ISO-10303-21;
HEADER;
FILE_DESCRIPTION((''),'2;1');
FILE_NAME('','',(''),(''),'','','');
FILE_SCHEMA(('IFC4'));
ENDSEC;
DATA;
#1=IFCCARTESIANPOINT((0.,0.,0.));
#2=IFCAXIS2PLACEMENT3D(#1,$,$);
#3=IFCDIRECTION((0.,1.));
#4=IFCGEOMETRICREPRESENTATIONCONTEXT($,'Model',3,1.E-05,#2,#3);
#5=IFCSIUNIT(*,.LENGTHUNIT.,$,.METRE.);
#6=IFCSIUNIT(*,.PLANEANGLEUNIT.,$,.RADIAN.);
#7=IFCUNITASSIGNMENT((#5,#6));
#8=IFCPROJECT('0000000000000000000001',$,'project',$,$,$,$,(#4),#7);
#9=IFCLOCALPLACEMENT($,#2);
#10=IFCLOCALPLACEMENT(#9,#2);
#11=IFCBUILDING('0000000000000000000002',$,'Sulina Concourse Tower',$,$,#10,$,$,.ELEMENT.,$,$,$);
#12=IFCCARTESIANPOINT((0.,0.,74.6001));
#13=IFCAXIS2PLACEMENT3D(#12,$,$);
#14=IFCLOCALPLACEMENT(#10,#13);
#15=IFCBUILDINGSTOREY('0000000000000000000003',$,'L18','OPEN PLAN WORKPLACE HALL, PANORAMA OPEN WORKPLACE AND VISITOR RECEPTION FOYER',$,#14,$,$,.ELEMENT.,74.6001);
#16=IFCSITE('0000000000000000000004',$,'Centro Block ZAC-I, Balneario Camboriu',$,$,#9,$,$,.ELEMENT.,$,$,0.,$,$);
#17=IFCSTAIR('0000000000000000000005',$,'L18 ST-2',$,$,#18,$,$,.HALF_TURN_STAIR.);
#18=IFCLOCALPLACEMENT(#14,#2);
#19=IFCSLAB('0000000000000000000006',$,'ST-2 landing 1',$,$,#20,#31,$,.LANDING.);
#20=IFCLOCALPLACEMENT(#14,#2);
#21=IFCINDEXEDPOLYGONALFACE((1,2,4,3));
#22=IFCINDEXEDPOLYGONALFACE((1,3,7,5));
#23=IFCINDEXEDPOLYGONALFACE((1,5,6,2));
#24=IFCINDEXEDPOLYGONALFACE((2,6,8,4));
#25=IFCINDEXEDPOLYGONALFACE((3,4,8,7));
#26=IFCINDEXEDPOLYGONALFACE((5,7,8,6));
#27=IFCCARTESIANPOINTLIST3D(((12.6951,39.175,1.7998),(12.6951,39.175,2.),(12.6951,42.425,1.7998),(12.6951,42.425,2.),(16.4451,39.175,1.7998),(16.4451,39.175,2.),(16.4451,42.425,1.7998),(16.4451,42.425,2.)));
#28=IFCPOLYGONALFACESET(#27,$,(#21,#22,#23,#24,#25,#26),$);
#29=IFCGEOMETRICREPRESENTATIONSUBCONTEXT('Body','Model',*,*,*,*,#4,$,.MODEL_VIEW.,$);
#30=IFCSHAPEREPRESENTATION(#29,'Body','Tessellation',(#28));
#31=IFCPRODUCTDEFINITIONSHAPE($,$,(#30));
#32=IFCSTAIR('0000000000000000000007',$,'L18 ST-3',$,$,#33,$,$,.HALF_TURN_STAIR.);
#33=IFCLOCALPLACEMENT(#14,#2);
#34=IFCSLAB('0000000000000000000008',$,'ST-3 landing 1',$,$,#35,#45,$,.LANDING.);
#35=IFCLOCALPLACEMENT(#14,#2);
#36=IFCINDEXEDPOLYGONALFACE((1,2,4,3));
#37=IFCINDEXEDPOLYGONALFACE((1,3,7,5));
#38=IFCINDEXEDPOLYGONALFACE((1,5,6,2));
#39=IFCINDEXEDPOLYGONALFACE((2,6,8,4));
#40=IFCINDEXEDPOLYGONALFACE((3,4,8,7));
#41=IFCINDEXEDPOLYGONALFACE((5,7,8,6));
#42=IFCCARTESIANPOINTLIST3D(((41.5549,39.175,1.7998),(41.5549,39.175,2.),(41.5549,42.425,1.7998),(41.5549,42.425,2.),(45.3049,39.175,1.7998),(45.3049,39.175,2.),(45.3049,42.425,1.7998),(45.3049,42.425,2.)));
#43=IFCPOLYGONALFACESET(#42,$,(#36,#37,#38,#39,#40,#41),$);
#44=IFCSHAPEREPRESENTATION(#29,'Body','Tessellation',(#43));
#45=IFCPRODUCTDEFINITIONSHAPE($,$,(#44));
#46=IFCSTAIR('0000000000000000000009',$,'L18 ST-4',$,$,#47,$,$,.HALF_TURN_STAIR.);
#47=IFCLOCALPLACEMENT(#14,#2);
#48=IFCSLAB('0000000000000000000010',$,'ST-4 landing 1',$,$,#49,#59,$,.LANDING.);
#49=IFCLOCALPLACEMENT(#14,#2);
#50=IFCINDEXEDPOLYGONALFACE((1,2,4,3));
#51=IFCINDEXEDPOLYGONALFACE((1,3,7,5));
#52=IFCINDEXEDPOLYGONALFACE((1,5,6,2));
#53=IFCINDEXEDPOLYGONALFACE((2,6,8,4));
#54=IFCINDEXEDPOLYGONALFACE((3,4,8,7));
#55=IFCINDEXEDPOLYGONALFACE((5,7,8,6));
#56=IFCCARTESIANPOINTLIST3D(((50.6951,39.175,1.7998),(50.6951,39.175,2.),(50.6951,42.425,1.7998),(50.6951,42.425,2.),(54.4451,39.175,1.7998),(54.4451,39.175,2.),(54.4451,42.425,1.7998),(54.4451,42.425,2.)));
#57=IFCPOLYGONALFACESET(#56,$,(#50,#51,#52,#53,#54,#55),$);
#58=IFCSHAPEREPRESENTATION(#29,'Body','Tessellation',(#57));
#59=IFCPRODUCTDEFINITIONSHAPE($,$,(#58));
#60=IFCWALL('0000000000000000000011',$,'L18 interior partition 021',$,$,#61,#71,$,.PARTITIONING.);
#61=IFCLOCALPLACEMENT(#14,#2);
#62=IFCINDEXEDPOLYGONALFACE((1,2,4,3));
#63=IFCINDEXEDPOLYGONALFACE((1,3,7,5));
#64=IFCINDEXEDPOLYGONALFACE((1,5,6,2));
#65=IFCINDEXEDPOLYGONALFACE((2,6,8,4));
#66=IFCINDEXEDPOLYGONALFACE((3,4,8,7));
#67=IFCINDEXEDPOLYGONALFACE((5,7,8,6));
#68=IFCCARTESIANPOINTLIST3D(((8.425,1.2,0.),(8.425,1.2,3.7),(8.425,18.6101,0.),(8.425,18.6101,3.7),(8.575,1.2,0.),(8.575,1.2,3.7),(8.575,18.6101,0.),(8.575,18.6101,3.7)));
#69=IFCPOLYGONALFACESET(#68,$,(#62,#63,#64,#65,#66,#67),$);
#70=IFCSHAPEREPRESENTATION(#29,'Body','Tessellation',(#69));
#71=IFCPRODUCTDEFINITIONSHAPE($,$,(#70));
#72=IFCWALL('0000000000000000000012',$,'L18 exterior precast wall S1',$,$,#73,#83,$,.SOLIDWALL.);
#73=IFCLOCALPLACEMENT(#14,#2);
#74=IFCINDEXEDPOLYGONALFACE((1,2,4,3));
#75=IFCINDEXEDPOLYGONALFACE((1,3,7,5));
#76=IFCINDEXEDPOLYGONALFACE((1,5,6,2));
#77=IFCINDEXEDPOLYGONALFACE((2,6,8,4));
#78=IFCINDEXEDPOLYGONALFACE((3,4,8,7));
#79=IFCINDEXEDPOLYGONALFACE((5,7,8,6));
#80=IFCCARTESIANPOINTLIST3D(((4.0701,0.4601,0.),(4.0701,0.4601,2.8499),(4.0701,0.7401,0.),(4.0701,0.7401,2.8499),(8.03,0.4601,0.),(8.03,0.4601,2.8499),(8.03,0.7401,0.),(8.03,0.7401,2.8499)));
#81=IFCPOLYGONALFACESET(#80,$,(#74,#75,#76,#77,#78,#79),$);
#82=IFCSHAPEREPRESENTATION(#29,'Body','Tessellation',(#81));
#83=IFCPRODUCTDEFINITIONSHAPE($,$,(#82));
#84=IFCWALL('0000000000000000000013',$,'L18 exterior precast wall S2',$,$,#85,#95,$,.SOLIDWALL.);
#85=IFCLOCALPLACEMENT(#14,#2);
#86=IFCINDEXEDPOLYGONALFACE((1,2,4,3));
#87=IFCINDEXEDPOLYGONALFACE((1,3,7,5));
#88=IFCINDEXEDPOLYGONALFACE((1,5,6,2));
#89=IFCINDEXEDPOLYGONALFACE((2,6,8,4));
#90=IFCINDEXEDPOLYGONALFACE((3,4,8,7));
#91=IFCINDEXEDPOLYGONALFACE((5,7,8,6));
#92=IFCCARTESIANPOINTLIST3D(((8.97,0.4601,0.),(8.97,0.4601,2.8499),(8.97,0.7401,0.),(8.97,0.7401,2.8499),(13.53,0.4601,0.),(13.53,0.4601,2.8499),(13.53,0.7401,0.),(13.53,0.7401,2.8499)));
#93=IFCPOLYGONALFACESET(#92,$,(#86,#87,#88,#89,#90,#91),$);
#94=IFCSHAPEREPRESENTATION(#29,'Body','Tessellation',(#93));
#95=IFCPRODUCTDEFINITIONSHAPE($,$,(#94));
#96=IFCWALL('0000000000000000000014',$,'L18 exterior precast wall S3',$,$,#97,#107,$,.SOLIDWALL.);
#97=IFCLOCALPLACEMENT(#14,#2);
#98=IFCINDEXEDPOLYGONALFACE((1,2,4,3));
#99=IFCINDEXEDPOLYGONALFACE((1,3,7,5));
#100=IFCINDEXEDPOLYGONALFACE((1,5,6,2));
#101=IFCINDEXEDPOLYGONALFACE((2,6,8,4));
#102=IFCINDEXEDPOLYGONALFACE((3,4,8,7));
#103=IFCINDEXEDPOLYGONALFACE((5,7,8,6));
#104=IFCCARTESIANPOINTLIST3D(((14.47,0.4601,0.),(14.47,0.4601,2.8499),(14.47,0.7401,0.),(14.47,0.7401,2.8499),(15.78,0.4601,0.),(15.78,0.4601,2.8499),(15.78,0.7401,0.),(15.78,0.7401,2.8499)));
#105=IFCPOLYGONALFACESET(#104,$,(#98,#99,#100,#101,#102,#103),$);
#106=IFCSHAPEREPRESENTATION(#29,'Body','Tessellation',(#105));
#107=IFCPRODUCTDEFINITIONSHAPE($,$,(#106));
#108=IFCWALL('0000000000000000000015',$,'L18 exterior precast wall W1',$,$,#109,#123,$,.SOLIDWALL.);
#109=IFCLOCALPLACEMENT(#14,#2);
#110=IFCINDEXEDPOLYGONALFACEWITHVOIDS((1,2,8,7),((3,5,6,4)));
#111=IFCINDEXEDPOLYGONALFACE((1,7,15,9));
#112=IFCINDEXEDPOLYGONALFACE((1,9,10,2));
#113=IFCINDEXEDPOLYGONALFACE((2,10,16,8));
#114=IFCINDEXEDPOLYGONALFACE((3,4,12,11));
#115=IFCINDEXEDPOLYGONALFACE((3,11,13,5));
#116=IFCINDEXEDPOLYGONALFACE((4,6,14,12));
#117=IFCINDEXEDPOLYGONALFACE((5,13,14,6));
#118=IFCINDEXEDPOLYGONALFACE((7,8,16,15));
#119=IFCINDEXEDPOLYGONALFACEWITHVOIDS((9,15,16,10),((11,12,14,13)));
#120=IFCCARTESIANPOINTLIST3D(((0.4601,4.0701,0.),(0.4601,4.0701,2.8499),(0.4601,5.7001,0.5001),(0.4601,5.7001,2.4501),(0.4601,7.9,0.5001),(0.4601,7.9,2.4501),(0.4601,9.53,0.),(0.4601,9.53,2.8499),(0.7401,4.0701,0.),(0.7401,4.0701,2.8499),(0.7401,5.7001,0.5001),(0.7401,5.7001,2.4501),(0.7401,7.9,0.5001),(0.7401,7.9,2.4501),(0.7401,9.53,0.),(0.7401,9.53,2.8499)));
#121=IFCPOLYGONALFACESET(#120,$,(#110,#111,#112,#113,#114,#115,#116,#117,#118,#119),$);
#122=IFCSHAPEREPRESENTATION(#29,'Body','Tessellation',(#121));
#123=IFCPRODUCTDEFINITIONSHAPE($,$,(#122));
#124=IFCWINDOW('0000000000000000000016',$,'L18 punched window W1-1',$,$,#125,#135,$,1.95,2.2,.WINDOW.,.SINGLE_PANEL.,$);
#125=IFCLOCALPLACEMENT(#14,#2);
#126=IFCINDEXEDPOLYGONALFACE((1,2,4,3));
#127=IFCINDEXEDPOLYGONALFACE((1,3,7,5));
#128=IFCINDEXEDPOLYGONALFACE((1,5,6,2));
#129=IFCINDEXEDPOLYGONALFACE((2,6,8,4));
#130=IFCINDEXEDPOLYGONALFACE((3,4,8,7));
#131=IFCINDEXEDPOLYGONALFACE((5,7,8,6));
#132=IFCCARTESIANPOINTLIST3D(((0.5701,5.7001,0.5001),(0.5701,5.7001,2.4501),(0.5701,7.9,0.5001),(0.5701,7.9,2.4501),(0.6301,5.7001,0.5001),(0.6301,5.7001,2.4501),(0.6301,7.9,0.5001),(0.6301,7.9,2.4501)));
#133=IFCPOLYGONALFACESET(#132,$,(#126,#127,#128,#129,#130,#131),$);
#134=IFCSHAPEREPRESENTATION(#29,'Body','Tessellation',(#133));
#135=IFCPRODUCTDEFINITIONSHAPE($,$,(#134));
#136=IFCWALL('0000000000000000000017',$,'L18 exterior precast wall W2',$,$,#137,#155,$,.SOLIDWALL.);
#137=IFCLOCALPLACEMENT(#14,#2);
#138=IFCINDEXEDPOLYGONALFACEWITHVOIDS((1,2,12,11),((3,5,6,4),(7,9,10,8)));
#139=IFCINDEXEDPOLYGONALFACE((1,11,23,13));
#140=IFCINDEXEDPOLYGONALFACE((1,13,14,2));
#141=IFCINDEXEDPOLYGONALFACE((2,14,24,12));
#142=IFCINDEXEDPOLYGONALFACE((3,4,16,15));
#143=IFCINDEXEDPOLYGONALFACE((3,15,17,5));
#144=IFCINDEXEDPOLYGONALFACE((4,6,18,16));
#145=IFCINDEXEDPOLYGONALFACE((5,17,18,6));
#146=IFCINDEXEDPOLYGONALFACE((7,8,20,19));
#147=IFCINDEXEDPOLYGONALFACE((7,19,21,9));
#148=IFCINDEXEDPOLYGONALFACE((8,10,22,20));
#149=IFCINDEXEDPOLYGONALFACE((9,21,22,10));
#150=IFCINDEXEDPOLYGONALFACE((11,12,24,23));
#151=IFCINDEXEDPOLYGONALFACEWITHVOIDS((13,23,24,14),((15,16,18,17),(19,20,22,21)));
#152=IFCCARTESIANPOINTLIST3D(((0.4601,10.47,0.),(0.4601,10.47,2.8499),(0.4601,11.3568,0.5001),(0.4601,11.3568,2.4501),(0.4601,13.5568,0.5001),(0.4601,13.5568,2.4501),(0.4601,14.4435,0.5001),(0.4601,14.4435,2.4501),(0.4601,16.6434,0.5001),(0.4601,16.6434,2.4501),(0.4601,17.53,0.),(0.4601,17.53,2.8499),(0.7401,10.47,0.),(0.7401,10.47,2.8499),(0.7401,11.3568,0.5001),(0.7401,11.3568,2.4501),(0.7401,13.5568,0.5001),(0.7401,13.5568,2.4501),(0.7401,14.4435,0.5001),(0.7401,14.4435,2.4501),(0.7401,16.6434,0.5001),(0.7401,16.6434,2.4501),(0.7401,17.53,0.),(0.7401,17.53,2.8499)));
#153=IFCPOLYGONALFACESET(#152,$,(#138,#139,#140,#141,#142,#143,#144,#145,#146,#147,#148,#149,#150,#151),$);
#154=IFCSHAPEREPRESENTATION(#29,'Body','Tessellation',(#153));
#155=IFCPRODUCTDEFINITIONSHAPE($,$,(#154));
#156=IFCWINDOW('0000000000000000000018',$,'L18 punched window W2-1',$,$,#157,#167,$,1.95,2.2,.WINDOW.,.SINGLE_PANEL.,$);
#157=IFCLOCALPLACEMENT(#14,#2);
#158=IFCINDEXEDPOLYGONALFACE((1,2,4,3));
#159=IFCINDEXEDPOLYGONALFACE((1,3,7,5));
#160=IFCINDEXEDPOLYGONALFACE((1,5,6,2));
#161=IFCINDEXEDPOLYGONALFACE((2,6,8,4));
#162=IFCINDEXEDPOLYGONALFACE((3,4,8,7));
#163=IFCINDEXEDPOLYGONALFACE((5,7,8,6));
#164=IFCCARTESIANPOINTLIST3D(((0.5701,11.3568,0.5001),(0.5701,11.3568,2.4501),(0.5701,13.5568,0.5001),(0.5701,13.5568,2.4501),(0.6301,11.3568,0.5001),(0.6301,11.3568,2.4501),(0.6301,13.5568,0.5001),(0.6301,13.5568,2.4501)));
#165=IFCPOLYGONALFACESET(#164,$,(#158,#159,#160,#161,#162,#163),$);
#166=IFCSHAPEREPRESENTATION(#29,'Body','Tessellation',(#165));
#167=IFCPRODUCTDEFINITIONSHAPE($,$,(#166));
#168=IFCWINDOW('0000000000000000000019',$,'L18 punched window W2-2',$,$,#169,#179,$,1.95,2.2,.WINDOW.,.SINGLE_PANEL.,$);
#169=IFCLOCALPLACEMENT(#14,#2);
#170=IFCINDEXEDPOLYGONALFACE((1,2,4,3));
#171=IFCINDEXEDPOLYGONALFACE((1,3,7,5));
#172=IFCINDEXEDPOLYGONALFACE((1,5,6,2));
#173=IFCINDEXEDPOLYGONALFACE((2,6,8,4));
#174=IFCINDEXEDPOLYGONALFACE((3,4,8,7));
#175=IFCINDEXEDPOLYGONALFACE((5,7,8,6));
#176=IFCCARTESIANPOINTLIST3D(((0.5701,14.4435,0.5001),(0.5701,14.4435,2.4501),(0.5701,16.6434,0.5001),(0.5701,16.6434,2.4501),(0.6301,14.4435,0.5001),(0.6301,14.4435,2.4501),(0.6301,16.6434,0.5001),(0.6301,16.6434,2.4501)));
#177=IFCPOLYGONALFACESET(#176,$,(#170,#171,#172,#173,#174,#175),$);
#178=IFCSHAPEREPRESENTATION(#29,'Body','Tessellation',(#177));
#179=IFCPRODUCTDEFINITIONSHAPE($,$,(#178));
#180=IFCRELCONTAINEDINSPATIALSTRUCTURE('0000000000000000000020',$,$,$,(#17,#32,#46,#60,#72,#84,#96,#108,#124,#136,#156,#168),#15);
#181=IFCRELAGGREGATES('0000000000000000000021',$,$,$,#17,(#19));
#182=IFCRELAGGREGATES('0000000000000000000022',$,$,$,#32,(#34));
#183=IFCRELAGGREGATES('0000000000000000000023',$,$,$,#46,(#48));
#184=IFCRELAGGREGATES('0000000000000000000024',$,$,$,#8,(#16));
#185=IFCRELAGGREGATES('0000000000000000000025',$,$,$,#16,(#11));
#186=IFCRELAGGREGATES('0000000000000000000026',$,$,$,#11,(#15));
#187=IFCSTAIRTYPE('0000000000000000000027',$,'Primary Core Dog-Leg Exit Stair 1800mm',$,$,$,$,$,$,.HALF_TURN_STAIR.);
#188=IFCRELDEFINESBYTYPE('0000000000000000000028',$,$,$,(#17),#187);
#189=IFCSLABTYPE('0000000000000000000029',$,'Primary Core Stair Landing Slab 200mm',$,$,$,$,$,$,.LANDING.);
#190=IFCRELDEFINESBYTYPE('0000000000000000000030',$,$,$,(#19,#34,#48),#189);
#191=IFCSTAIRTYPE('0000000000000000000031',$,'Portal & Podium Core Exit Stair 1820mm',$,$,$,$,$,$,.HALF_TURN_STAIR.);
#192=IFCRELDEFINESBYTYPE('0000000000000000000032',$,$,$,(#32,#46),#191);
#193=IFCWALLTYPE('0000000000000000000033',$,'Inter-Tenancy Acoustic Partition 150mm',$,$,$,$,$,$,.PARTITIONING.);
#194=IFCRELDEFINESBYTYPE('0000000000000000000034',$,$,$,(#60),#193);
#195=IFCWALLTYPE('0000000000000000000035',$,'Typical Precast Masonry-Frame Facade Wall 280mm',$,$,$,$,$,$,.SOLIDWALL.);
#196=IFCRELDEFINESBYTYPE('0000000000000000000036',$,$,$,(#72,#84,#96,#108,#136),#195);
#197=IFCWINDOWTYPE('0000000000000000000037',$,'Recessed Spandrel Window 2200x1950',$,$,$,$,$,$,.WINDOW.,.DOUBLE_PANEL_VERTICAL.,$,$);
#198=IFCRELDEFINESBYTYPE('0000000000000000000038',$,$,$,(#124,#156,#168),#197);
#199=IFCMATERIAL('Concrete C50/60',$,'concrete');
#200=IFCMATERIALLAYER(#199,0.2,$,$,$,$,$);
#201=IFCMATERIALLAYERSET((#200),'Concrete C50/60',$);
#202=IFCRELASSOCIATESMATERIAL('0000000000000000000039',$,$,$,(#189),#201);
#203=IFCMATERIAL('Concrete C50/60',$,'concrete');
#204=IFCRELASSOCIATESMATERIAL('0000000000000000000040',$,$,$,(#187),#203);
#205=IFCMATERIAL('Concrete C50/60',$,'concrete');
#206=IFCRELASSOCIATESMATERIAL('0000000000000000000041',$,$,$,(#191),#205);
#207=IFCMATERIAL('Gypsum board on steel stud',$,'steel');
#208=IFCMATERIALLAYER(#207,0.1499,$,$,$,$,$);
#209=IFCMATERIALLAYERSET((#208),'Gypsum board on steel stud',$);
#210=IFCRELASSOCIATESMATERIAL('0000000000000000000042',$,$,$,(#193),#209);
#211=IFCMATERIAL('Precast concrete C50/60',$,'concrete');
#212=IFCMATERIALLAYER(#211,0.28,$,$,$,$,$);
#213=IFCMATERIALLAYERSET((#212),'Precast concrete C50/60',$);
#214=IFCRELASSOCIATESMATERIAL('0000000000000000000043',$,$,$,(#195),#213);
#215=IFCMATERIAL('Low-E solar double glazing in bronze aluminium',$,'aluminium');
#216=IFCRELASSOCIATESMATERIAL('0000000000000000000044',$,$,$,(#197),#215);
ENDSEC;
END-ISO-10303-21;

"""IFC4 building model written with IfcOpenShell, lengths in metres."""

from ifc_helpers import new_model, si_unit, direction, frame, frame_2d, origin, place, context, subcontext, project, spatial, polyline, rectangle, outline, extrude, material, layer, layer_set, type_object, element, fill, aggregate, save


model = new_model("IFC4")

# Units and contexts
model_context = context("Model", 3, precision=1e-05, world=origin(), true_north=direction((0.0, 1.0)))
body_context = subcontext(model_context, "Body", "Model", "MODEL_VIEW")
ifc_project = project(units=[si_unit("LENGTHUNIT", "METRE"), si_unit("PLANEANGLEUNIT", "RADIAN")], contexts=[model_context])

# Site, building, storey
site_placement = place(None, origin())
site = spatial("IfcSite", under=ifc_project, at=site_placement, Name="Centro Block ZAC-I, Balneario Camboriu", CompositionType="ELEMENT", RefElevation=0.0)
building_placement = place(site_placement, origin())
building = spatial("IfcBuilding", under=site, at=building_placement, Name="Sulina Concourse Tower", CompositionType="ELEMENT")
storey_placement = place(building_placement, frame((0.0, 0.0, 74.6001)))
storey = spatial("IfcBuildingStorey", under=building, at=storey_placement, Name="L18", Description="OPEN PLAN WORKPLACE HALL, PANORAMA OPEN WORKPLACE AND VISITOR RECEPTION FOYER", CompositionType="ELEMENT", Elevation=74.6001)

# Shared definitions
ifc_material_1 = material(Name="Concrete C50/60", Category="concrete")
ifc_layer_1 = layer(ifc_material_1, 0.2)
ifc_layer_set_1 = layer_set([ifc_layer_1], Name="Concrete C50/60")
slab_type_1 = type_object("IfcSlabType", Name="Primary Core Stair Landing Slab 200mm", PredefinedType="LANDING", material=ifc_layer_set_1)

# Stairs, slabs
ifc_material_2 = material(Name="Concrete C50/60", Category="concrete")
stair_type_1 = type_object("IfcStairType", Name="Primary Core Dog-Leg Exit Stair 1800mm", PredefinedType="HALF_TURN_STAIR", material=ifc_material_2)
stair_1_placement = place(storey_placement, origin())
stair_1 = element("IfcStair", 1, at=stair_1_placement, inside=storey, type_object=stair_type_1, Name="L18 ST-2", PredefinedType="HALF_TURN_STAIR")
slab_1_placement = place(storey_placement, frame((0.0, 0.0, 1.7998)))
slab_1 = element("IfcSlab", 2, at=slab_1_placement, type_object=slab_type_1, Name="ST-2 landing 1", PredefinedType="LANDING", context=body_context, shape_type="SweptSolid", body=[
    extrude(outline(polyline([(16.4451, 39.175), (16.4451, 42.425), (12.6951, 42.425), (12.6951, 39.175), (16.4451, 39.175)])), origin(), (0.0, 0.0, 1.0), 0.2002),
])
aggregate(stair_1, [slab_1])
ifc_material_3 = material(Name="Concrete C50/60", Category="concrete")
stair_type_2 = type_object("IfcStairType", Name="Portal & Podium Core Exit Stair 1820mm", PredefinedType="HALF_TURN_STAIR", material=ifc_material_3)
stair_2_placement = place(storey_placement, origin())
stair_2 = element("IfcStair", 3, at=stair_2_placement, inside=storey, type_object=stair_type_2, Name="L18 ST-3", PredefinedType="HALF_TURN_STAIR")
slab_2_placement = place(storey_placement, frame((0.0, 0.0, 1.7998)))
slab_2 = element("IfcSlab", 4, at=slab_2_placement, type_object=slab_type_1, Name="ST-3 landing 1", PredefinedType="LANDING", context=body_context, shape_type="SweptSolid", body=[
    extrude(outline(polyline([(45.3049, 39.175), (45.3049, 42.425), (41.5549, 42.425), (41.5549, 39.175), (45.3049, 39.175)])), origin(), (0.0, 0.0, 1.0), 0.2002),
])
aggregate(stair_2, [slab_2])
stair_3_placement = place(storey_placement, origin())
stair_3 = element("IfcStair", 5, at=stair_3_placement, inside=storey, type_object=stair_type_2, Name="L18 ST-4", PredefinedType="HALF_TURN_STAIR")
slab_3_placement = place(storey_placement, frame((0.0, 0.0, 1.7998)))
slab_3 = element("IfcSlab", 6, at=slab_3_placement, type_object=slab_type_1, Name="ST-4 landing 1", PredefinedType="LANDING", context=body_context, shape_type="SweptSolid", body=[
    extrude(outline(polyline([(54.4451, 39.175), (54.4451, 42.425), (50.6951, 42.425), (50.6951, 39.175), (54.4451, 39.175)])), origin(), (0.0, 0.0, 1.0), 0.2002),
])
aggregate(stair_3, [slab_3])

# Walls
ifc_material_4 = material(Name="Gypsum board on steel stud", Category="steel")
ifc_layer_2 = layer(ifc_material_4, 0.1499)
ifc_layer_set_2 = layer_set([ifc_layer_2], Name="Gypsum board on steel stud")
wall_type_1 = type_object("IfcWallType", Name="Inter-Tenancy Acoustic Partition 150mm", PredefinedType="PARTITIONING", material=ifc_layer_set_2)
wall_1_placement = place(storey_placement, frame((8.5, 1.2, 0.0), z_axis=(0.0, 0.0, 1.0), x_axis=(0.0, 1.0, 0.0)))
element("IfcWall", 7, at=wall_1_placement, inside=storey, type_object=wall_type_1, Name="L18 interior partition 021", PredefinedType="PARTITIONING", context=body_context, shape_type="SweptSolid", body=[
    extrude(rectangle(XDim=17.4102, YDim=0.1499, at=frame_2d((8.7051, 0.0))), origin(), (0.0, 0.0, 1.0), 3.7),
])
ifc_material_5 = material(Name="Precast concrete C50/60", Category="concrete")
ifc_layer_3 = layer(ifc_material_5, 0.28)
ifc_layer_set_3 = layer_set([ifc_layer_3], Name="Precast concrete C50/60")
wall_type_2 = type_object("IfcWallType", Name="Typical Precast Masonry-Frame Facade Wall 280mm", PredefinedType="SOLIDWALL", material=ifc_layer_set_3)
wall_2_placement = place(storey_placement, frame((8.03, 0.6001, 0.0), z_axis=(0.0, 0.0, 1.0), x_axis=(-1.0, 0.0, 0.0)))
element("IfcWall", 8, at=wall_2_placement, inside=storey, type_object=wall_type_2, Name="L18 exterior precast wall S1", PredefinedType="SOLIDWALL", context=body_context, shape_type="SweptSolid", body=[
    extrude(rectangle(XDim=3.96, YDim=0.28, at=frame_2d((1.98, 0.0))), origin(), (0.0, 0.0, 1.0), 2.8499),
])
wall_3_placement = place(storey_placement, frame((13.53, 0.6001, 0.0), z_axis=(0.0, 0.0, 1.0), x_axis=(-1.0, 0.0, 0.0)))
element("IfcWall", 9, at=wall_3_placement, inside=storey, type_object=wall_type_2, Name="L18 exterior precast wall S2", PredefinedType="SOLIDWALL", context=body_context, shape_type="SweptSolid", body=[
    extrude(rectangle(XDim=4.5601, YDim=0.28, at=frame_2d((2.28, 0.0))), origin(), (0.0, 0.0, 1.0), 2.8499),
])
wall_4_placement = place(storey_placement, frame((15.78, 0.6001, 0.0), z_axis=(0.0, 0.0, 1.0), x_axis=(-1.0, 0.0, 0.0)))
element("IfcWall", 10, at=wall_4_placement, inside=storey, type_object=wall_type_2, Name="L18 exterior precast wall S3", PredefinedType="SOLIDWALL", context=body_context, shape_type="SweptSolid", body=[
    extrude(rectangle(XDim=1.3101, YDim=0.28, at=frame_2d((0.655, 0.0))), origin(), (0.0, 0.0, 1.0), 2.8499),
])

# Wall, opening, window
wall_5_placement = place(storey_placement, frame((0.6001, 4.0701, 0.0), z_axis=(0.0, 0.0, 1.0), x_axis=(0.0, 1.0, 0.0)))
wall_5 = element("IfcWall", 11, at=wall_5_placement, inside=storey, type_object=wall_type_2, Name="L18 exterior precast wall W1", PredefinedType="SOLIDWALL", context=body_context, shape_type="SweptSolid", body=[
    extrude(rectangle(XDim=5.46, YDim=0.28, at=frame_2d((2.73, 0.0))), origin(), (0.0, 0.0, 1.0), 2.8499),
])
opening_1_placement = place(wall_5_placement, frame((1.6299, 0.0, 0.5)))
opening_1 = element("IfcOpeningElement", 12, at=opening_1_placement, cuts=wall_5, PredefinedType="OPENING", context=body_context, shape_type="SweptSolid", body=[
    extrude(rectangle(XDim=2.2, YDim=1.95, at=frame_2d((1.1001, 0.9751))), frame((0.0, 0.1499, 0.0), z_axis=(0.0, -1.0, 0.0), x_axis=(1.0, 0.0, 0.0)), (0.0, 0.0, 1.0), 0.3),
])
ifc_material_6 = material(Name="Low-E solar double glazing in bronze aluminium", Category="aluminium")
window_type = type_object("IfcWindowType", Name="Recessed Spandrel Window 2200x1950", PartitioningType="DOUBLE_PANEL_VERTICAL", PredefinedType="WINDOW", material=ifc_material_6)
window_1_placement = place(opening_1_placement, origin())
window_1 = element("IfcWindow", 13, at=window_1_placement, inside=storey, type_object=window_type, Name="L18 punched window W1-1", OverallHeight=1.95, OverallWidth=2.2, PartitioningType="SINGLE_PANEL", PredefinedType="WINDOW", context=body_context, shape_type="SweptSolid", body=[
    extrude(rectangle(XDim=2.2, YDim=1.95, at=frame_2d((1.1001, 0.9751))), frame((0.0, 0.03, 0.0), z_axis=(0.0, -1.0, 0.0), x_axis=(1.0, 0.0, 0.0)), (0.0, 0.0, 1.0), 0.0601),
])
fill(opening_1, window_1)

# Wall, openings, windows
wall_6_placement = place(storey_placement, frame((0.6001, 10.47, 0.0), z_axis=(0.0, 0.0, 1.0), x_axis=(0.0, 1.0, 0.0)))
wall_6 = element("IfcWall", 14, at=wall_6_placement, inside=storey, type_object=wall_type_2, Name="L18 exterior precast wall W2", PredefinedType="SOLIDWALL", context=body_context, shape_type="SweptSolid", body=[
    extrude(rectangle(XDim=7.0601, YDim=0.28, at=frame_2d((3.53, 0.0))), origin(), (0.0, 0.0, 1.0), 2.8499),
])
opening_2_placement = place(wall_6_placement, frame((0.8867, 0.0, 0.5)))
opening_2 = element("IfcOpeningElement", 15, at=opening_2_placement, cuts=wall_6, PredefinedType="OPENING", context=body_context, shape_type="SweptSolid", body=[
    extrude(rectangle(XDim=2.2, YDim=1.95, at=frame_2d((1.1001, 0.9751))), frame((0.0, 0.1499, 0.0), z_axis=(0.0, -1.0, 0.0), x_axis=(1.0, 0.0, 0.0)), (0.0, 0.0, 1.0), 0.3),
])
opening_3_placement = place(wall_6_placement, frame((3.9734, 0.0, 0.5)))
opening_3 = element("IfcOpeningElement", 16, at=opening_3_placement, cuts=wall_6, PredefinedType="OPENING", context=body_context, shape_type="SweptSolid", body=[
    extrude(rectangle(XDim=2.2, YDim=1.95, at=frame_2d((1.1001, 0.9751))), frame((0.0, 0.1499, 0.0), z_axis=(0.0, -1.0, 0.0), x_axis=(1.0, 0.0, 0.0)), (0.0, 0.0, 1.0), 0.3),
])
window_2_placement = place(opening_2_placement, origin())
window_2 = element("IfcWindow", 17, at=window_2_placement, inside=storey, type_object=window_type, Name="L18 punched window W2-1", OverallHeight=1.95, OverallWidth=2.2, PartitioningType="SINGLE_PANEL", PredefinedType="WINDOW", context=body_context, shape_type="SweptSolid", body=[
    extrude(rectangle(XDim=2.2, YDim=1.95, at=frame_2d((1.1001, 0.9751))), frame((0.0, 0.03, 0.0), z_axis=(0.0, -1.0, 0.0), x_axis=(1.0, 0.0, 0.0)), (0.0, 0.0, 1.0), 0.0601),
])
fill(opening_2, window_2)
window_3_placement = place(opening_3_placement, origin())
window_3 = element("IfcWindow", 18, at=window_3_placement, inside=storey, type_object=window_type, Name="L18 punched window W2-2", OverallHeight=1.95, OverallWidth=2.2, PartitioningType="SINGLE_PANEL", PredefinedType="WINDOW", context=body_context, shape_type="SweptSolid", body=[
    extrude(rectangle(XDim=2.2, YDim=1.95, at=frame_2d((1.1001, 0.9751))), frame((0.0, 0.03, 0.0), z_axis=(0.0, -1.0, 0.0), x_axis=(1.0, 0.0, 0.0)), (0.0, 0.0, 1.0), 0.0601),
])
fill(opening_3, window_3)

save(model, "model.ifc")
